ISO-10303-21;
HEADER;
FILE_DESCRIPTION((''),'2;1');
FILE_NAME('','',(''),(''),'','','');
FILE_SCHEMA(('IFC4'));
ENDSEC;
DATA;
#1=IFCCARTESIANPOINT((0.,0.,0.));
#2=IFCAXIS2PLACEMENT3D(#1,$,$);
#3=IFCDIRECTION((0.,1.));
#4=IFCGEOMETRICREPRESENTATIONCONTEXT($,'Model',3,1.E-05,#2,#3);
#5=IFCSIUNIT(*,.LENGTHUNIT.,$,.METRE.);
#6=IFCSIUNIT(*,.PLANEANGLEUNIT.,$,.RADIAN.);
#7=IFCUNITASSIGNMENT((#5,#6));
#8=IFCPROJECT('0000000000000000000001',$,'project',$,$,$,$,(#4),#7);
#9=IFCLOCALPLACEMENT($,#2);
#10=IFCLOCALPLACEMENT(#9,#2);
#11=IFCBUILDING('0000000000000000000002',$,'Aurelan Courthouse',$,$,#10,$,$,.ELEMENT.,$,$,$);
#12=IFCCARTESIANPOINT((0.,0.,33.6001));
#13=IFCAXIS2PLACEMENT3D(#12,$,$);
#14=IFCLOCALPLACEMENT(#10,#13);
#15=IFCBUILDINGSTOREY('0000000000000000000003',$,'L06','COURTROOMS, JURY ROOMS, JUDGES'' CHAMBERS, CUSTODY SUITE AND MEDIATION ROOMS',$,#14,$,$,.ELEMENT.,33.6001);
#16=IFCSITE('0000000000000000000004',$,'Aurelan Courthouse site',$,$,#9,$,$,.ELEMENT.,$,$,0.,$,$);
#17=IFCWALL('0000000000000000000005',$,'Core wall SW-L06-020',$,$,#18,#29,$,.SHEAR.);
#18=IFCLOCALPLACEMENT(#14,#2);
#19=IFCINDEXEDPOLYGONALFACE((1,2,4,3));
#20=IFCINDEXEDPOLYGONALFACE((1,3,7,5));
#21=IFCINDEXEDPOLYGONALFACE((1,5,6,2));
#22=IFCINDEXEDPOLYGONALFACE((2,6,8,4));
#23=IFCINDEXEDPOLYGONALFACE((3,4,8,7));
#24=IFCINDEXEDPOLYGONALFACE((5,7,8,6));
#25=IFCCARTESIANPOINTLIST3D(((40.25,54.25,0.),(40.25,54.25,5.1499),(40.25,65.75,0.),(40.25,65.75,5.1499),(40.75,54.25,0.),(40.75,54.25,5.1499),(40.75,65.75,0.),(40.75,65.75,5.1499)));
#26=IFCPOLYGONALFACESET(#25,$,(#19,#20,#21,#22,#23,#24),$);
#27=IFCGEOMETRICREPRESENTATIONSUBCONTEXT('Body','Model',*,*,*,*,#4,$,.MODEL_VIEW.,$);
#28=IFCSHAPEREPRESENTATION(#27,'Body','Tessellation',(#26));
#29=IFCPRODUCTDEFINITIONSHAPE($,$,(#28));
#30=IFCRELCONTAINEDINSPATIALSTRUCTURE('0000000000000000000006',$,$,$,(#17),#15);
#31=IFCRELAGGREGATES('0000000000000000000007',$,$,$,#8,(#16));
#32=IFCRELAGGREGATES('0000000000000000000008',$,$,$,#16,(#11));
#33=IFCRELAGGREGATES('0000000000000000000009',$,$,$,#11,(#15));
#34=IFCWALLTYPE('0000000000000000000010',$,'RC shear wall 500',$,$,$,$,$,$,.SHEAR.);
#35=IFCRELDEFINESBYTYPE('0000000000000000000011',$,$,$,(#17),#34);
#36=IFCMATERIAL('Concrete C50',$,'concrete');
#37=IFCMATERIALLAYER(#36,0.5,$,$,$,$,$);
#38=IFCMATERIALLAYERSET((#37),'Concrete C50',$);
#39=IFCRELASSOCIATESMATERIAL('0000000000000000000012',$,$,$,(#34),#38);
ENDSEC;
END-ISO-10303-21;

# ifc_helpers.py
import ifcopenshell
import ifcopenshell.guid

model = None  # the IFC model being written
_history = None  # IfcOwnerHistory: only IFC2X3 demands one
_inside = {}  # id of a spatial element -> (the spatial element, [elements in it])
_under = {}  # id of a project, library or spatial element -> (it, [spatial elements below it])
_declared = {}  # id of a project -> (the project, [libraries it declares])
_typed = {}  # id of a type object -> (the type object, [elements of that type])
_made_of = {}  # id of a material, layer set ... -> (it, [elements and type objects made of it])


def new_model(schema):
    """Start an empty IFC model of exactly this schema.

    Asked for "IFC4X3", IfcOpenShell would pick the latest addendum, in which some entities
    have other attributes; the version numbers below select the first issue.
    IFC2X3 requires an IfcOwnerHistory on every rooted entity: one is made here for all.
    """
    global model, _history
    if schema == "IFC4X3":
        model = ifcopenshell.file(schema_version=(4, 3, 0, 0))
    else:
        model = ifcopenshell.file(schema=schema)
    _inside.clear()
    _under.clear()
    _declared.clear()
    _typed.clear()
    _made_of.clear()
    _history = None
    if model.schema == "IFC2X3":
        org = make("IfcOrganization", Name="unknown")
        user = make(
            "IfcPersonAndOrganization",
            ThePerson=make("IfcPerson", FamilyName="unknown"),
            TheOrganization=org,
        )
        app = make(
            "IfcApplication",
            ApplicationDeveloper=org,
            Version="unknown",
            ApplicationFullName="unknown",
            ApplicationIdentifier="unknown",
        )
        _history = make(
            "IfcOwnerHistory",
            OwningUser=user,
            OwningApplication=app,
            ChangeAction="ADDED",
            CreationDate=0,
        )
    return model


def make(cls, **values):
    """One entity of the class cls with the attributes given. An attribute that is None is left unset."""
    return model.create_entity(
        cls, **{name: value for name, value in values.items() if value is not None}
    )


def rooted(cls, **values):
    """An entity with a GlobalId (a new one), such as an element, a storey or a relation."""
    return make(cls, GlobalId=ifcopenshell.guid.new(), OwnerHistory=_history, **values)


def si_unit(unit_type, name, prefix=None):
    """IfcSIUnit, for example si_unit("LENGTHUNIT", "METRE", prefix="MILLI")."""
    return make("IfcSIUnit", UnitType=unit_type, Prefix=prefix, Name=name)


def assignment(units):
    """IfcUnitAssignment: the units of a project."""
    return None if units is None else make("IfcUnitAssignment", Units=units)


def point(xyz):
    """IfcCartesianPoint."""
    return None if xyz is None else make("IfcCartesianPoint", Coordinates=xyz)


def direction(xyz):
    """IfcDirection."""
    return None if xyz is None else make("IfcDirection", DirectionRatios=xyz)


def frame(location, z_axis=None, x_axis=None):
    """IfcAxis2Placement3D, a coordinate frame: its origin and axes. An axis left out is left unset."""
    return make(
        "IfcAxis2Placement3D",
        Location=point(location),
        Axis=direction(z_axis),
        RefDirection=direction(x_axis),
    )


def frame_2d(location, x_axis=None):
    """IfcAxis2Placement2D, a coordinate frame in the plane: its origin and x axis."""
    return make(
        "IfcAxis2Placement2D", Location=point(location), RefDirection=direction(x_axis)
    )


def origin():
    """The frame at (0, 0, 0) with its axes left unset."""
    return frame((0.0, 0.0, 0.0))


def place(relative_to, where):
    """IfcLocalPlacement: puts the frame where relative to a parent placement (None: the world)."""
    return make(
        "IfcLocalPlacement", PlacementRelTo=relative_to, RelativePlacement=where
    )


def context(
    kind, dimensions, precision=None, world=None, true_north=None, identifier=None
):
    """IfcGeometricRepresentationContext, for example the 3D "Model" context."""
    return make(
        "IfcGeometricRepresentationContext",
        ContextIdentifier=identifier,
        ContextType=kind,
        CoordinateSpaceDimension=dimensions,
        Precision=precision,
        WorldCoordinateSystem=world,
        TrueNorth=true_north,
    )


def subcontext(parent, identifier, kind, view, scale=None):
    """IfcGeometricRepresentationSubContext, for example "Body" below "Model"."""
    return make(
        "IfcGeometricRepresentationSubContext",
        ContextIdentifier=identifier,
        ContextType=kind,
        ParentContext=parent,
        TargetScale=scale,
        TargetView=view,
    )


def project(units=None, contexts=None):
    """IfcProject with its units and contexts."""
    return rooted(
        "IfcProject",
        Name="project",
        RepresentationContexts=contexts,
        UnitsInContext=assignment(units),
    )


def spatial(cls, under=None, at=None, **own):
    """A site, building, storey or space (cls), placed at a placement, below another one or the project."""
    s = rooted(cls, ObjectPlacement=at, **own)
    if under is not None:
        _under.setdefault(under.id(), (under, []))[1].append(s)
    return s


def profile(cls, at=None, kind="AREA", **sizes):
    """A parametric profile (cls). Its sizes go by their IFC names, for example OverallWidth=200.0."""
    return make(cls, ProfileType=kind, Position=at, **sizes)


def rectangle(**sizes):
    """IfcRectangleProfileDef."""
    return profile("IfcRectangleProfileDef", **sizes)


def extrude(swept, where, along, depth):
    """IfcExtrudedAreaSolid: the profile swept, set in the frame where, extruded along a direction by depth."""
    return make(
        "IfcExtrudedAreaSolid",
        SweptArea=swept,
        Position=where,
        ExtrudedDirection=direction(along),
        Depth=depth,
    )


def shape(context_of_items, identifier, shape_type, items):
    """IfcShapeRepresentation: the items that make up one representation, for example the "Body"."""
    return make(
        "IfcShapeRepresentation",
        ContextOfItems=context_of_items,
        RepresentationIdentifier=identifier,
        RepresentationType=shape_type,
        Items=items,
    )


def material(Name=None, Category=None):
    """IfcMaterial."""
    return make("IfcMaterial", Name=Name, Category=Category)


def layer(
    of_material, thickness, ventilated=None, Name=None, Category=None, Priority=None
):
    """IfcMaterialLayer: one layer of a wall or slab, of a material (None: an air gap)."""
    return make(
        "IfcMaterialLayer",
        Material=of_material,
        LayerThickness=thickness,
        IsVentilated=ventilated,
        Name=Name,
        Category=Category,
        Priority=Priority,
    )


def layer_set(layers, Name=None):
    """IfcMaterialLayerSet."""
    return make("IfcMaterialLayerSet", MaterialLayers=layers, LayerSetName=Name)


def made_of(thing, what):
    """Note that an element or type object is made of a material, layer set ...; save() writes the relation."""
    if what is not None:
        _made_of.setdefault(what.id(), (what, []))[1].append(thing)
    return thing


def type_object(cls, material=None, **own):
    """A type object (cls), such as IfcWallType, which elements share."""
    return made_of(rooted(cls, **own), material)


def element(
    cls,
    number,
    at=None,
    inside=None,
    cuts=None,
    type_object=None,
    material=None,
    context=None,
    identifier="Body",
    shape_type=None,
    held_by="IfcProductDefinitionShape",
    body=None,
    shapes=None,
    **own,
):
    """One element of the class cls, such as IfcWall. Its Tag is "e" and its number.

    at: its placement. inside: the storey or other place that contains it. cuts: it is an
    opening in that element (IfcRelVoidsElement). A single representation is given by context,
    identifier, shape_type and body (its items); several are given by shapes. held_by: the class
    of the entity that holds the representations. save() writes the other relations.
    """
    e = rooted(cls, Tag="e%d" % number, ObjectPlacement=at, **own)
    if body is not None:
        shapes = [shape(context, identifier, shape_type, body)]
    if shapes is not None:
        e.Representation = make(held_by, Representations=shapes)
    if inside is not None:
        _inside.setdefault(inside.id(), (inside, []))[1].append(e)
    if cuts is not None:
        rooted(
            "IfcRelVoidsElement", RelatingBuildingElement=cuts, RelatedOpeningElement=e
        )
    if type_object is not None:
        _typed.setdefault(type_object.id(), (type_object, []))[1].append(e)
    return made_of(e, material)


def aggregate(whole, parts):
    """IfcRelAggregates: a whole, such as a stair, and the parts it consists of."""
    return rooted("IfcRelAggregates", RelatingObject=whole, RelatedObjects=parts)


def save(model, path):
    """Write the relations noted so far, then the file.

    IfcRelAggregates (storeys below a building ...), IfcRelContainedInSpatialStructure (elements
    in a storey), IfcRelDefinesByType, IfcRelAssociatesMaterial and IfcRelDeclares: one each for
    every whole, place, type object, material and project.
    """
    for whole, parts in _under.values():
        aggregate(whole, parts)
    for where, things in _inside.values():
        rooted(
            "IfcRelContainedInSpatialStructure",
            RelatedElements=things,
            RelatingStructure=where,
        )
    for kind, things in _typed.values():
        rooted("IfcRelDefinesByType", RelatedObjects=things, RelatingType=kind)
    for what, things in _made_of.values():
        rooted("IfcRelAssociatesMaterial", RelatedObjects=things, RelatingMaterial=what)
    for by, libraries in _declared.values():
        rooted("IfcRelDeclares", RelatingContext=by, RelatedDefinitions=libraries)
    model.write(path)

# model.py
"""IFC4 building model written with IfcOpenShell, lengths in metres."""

from ifc_helpers import new_model, si_unit, direction, frame, frame_2d, origin, place, context, subcontext, project, spatial, rectangle, extrude, material, layer, layer_set, type_object, element, save


model = new_model("IFC4")

# Units and contexts
model_context = context("Model", 3, precision=1e-05, world=origin(), true_north=direction((0.0, 1.0)))
body_context = subcontext(model_context, "Body", "Model", "MODEL_VIEW")
ifc_project = project(units=[si_unit("LENGTHUNIT", "METRE"), si_unit("PLANEANGLEUNIT", "RADIAN")], contexts=[model_context])

# Site, building, storey
site_placement = place(None, origin())
site = spatial("IfcSite", under=ifc_project, at=site_placement, Name="Aurelan Courthouse site", CompositionType="ELEMENT", RefElevation=0.0)
building_placement = place(site_placement, origin())
building = spatial("IfcBuilding", under=site, at=building_placement, Name="Aurelan Courthouse", CompositionType="ELEMENT")
storey_placement = place(building_placement, frame((0.0, 0.0, 33.6001)))
storey = spatial("IfcBuildingStorey", under=building, at=storey_placement, Name="L06", Description="COURTROOMS, JURY ROOMS, JUDGES' CHAMBERS, CUSTODY SUITE AND MEDIATION ROOMS", CompositionType="ELEMENT", Elevation=33.6001)

# Shared definitions
ifc_material_1 = material(Name="Concrete C50", Category="concrete")

# Shared definitions
ifc_layer_1 = layer(ifc_material_1, 0.5)
ifc_layer_set_1 = layer_set([ifc_layer_1], Name="Concrete C50")
wall_type_1 = type_object("IfcWallType", Name="RC shear wall 500", PredefinedType="SHEAR", material=ifc_layer_set_1)

# Wall
wall_1_placement = place(storey_placement, frame((40.5, 54.25, 0.0), z_axis=(0.0, 0.0, 1.0), x_axis=(0.0, 1.0, 0.0)))
element("IfcWall", 1, at=wall_1_placement, inside=storey, type_object=wall_type_1, Name="Core wall SW-L06-020", PredefinedType="SHEAR", context=body_context, shape_type="SweptSolid", body=[
    extrude(rectangle(XDim=11.5, YDim=0.5, at=frame_2d((5.75, 0.0))), origin(), (0.0, 0.0, 1.0), 5.1499),
])

save(model, "model.ifc")
